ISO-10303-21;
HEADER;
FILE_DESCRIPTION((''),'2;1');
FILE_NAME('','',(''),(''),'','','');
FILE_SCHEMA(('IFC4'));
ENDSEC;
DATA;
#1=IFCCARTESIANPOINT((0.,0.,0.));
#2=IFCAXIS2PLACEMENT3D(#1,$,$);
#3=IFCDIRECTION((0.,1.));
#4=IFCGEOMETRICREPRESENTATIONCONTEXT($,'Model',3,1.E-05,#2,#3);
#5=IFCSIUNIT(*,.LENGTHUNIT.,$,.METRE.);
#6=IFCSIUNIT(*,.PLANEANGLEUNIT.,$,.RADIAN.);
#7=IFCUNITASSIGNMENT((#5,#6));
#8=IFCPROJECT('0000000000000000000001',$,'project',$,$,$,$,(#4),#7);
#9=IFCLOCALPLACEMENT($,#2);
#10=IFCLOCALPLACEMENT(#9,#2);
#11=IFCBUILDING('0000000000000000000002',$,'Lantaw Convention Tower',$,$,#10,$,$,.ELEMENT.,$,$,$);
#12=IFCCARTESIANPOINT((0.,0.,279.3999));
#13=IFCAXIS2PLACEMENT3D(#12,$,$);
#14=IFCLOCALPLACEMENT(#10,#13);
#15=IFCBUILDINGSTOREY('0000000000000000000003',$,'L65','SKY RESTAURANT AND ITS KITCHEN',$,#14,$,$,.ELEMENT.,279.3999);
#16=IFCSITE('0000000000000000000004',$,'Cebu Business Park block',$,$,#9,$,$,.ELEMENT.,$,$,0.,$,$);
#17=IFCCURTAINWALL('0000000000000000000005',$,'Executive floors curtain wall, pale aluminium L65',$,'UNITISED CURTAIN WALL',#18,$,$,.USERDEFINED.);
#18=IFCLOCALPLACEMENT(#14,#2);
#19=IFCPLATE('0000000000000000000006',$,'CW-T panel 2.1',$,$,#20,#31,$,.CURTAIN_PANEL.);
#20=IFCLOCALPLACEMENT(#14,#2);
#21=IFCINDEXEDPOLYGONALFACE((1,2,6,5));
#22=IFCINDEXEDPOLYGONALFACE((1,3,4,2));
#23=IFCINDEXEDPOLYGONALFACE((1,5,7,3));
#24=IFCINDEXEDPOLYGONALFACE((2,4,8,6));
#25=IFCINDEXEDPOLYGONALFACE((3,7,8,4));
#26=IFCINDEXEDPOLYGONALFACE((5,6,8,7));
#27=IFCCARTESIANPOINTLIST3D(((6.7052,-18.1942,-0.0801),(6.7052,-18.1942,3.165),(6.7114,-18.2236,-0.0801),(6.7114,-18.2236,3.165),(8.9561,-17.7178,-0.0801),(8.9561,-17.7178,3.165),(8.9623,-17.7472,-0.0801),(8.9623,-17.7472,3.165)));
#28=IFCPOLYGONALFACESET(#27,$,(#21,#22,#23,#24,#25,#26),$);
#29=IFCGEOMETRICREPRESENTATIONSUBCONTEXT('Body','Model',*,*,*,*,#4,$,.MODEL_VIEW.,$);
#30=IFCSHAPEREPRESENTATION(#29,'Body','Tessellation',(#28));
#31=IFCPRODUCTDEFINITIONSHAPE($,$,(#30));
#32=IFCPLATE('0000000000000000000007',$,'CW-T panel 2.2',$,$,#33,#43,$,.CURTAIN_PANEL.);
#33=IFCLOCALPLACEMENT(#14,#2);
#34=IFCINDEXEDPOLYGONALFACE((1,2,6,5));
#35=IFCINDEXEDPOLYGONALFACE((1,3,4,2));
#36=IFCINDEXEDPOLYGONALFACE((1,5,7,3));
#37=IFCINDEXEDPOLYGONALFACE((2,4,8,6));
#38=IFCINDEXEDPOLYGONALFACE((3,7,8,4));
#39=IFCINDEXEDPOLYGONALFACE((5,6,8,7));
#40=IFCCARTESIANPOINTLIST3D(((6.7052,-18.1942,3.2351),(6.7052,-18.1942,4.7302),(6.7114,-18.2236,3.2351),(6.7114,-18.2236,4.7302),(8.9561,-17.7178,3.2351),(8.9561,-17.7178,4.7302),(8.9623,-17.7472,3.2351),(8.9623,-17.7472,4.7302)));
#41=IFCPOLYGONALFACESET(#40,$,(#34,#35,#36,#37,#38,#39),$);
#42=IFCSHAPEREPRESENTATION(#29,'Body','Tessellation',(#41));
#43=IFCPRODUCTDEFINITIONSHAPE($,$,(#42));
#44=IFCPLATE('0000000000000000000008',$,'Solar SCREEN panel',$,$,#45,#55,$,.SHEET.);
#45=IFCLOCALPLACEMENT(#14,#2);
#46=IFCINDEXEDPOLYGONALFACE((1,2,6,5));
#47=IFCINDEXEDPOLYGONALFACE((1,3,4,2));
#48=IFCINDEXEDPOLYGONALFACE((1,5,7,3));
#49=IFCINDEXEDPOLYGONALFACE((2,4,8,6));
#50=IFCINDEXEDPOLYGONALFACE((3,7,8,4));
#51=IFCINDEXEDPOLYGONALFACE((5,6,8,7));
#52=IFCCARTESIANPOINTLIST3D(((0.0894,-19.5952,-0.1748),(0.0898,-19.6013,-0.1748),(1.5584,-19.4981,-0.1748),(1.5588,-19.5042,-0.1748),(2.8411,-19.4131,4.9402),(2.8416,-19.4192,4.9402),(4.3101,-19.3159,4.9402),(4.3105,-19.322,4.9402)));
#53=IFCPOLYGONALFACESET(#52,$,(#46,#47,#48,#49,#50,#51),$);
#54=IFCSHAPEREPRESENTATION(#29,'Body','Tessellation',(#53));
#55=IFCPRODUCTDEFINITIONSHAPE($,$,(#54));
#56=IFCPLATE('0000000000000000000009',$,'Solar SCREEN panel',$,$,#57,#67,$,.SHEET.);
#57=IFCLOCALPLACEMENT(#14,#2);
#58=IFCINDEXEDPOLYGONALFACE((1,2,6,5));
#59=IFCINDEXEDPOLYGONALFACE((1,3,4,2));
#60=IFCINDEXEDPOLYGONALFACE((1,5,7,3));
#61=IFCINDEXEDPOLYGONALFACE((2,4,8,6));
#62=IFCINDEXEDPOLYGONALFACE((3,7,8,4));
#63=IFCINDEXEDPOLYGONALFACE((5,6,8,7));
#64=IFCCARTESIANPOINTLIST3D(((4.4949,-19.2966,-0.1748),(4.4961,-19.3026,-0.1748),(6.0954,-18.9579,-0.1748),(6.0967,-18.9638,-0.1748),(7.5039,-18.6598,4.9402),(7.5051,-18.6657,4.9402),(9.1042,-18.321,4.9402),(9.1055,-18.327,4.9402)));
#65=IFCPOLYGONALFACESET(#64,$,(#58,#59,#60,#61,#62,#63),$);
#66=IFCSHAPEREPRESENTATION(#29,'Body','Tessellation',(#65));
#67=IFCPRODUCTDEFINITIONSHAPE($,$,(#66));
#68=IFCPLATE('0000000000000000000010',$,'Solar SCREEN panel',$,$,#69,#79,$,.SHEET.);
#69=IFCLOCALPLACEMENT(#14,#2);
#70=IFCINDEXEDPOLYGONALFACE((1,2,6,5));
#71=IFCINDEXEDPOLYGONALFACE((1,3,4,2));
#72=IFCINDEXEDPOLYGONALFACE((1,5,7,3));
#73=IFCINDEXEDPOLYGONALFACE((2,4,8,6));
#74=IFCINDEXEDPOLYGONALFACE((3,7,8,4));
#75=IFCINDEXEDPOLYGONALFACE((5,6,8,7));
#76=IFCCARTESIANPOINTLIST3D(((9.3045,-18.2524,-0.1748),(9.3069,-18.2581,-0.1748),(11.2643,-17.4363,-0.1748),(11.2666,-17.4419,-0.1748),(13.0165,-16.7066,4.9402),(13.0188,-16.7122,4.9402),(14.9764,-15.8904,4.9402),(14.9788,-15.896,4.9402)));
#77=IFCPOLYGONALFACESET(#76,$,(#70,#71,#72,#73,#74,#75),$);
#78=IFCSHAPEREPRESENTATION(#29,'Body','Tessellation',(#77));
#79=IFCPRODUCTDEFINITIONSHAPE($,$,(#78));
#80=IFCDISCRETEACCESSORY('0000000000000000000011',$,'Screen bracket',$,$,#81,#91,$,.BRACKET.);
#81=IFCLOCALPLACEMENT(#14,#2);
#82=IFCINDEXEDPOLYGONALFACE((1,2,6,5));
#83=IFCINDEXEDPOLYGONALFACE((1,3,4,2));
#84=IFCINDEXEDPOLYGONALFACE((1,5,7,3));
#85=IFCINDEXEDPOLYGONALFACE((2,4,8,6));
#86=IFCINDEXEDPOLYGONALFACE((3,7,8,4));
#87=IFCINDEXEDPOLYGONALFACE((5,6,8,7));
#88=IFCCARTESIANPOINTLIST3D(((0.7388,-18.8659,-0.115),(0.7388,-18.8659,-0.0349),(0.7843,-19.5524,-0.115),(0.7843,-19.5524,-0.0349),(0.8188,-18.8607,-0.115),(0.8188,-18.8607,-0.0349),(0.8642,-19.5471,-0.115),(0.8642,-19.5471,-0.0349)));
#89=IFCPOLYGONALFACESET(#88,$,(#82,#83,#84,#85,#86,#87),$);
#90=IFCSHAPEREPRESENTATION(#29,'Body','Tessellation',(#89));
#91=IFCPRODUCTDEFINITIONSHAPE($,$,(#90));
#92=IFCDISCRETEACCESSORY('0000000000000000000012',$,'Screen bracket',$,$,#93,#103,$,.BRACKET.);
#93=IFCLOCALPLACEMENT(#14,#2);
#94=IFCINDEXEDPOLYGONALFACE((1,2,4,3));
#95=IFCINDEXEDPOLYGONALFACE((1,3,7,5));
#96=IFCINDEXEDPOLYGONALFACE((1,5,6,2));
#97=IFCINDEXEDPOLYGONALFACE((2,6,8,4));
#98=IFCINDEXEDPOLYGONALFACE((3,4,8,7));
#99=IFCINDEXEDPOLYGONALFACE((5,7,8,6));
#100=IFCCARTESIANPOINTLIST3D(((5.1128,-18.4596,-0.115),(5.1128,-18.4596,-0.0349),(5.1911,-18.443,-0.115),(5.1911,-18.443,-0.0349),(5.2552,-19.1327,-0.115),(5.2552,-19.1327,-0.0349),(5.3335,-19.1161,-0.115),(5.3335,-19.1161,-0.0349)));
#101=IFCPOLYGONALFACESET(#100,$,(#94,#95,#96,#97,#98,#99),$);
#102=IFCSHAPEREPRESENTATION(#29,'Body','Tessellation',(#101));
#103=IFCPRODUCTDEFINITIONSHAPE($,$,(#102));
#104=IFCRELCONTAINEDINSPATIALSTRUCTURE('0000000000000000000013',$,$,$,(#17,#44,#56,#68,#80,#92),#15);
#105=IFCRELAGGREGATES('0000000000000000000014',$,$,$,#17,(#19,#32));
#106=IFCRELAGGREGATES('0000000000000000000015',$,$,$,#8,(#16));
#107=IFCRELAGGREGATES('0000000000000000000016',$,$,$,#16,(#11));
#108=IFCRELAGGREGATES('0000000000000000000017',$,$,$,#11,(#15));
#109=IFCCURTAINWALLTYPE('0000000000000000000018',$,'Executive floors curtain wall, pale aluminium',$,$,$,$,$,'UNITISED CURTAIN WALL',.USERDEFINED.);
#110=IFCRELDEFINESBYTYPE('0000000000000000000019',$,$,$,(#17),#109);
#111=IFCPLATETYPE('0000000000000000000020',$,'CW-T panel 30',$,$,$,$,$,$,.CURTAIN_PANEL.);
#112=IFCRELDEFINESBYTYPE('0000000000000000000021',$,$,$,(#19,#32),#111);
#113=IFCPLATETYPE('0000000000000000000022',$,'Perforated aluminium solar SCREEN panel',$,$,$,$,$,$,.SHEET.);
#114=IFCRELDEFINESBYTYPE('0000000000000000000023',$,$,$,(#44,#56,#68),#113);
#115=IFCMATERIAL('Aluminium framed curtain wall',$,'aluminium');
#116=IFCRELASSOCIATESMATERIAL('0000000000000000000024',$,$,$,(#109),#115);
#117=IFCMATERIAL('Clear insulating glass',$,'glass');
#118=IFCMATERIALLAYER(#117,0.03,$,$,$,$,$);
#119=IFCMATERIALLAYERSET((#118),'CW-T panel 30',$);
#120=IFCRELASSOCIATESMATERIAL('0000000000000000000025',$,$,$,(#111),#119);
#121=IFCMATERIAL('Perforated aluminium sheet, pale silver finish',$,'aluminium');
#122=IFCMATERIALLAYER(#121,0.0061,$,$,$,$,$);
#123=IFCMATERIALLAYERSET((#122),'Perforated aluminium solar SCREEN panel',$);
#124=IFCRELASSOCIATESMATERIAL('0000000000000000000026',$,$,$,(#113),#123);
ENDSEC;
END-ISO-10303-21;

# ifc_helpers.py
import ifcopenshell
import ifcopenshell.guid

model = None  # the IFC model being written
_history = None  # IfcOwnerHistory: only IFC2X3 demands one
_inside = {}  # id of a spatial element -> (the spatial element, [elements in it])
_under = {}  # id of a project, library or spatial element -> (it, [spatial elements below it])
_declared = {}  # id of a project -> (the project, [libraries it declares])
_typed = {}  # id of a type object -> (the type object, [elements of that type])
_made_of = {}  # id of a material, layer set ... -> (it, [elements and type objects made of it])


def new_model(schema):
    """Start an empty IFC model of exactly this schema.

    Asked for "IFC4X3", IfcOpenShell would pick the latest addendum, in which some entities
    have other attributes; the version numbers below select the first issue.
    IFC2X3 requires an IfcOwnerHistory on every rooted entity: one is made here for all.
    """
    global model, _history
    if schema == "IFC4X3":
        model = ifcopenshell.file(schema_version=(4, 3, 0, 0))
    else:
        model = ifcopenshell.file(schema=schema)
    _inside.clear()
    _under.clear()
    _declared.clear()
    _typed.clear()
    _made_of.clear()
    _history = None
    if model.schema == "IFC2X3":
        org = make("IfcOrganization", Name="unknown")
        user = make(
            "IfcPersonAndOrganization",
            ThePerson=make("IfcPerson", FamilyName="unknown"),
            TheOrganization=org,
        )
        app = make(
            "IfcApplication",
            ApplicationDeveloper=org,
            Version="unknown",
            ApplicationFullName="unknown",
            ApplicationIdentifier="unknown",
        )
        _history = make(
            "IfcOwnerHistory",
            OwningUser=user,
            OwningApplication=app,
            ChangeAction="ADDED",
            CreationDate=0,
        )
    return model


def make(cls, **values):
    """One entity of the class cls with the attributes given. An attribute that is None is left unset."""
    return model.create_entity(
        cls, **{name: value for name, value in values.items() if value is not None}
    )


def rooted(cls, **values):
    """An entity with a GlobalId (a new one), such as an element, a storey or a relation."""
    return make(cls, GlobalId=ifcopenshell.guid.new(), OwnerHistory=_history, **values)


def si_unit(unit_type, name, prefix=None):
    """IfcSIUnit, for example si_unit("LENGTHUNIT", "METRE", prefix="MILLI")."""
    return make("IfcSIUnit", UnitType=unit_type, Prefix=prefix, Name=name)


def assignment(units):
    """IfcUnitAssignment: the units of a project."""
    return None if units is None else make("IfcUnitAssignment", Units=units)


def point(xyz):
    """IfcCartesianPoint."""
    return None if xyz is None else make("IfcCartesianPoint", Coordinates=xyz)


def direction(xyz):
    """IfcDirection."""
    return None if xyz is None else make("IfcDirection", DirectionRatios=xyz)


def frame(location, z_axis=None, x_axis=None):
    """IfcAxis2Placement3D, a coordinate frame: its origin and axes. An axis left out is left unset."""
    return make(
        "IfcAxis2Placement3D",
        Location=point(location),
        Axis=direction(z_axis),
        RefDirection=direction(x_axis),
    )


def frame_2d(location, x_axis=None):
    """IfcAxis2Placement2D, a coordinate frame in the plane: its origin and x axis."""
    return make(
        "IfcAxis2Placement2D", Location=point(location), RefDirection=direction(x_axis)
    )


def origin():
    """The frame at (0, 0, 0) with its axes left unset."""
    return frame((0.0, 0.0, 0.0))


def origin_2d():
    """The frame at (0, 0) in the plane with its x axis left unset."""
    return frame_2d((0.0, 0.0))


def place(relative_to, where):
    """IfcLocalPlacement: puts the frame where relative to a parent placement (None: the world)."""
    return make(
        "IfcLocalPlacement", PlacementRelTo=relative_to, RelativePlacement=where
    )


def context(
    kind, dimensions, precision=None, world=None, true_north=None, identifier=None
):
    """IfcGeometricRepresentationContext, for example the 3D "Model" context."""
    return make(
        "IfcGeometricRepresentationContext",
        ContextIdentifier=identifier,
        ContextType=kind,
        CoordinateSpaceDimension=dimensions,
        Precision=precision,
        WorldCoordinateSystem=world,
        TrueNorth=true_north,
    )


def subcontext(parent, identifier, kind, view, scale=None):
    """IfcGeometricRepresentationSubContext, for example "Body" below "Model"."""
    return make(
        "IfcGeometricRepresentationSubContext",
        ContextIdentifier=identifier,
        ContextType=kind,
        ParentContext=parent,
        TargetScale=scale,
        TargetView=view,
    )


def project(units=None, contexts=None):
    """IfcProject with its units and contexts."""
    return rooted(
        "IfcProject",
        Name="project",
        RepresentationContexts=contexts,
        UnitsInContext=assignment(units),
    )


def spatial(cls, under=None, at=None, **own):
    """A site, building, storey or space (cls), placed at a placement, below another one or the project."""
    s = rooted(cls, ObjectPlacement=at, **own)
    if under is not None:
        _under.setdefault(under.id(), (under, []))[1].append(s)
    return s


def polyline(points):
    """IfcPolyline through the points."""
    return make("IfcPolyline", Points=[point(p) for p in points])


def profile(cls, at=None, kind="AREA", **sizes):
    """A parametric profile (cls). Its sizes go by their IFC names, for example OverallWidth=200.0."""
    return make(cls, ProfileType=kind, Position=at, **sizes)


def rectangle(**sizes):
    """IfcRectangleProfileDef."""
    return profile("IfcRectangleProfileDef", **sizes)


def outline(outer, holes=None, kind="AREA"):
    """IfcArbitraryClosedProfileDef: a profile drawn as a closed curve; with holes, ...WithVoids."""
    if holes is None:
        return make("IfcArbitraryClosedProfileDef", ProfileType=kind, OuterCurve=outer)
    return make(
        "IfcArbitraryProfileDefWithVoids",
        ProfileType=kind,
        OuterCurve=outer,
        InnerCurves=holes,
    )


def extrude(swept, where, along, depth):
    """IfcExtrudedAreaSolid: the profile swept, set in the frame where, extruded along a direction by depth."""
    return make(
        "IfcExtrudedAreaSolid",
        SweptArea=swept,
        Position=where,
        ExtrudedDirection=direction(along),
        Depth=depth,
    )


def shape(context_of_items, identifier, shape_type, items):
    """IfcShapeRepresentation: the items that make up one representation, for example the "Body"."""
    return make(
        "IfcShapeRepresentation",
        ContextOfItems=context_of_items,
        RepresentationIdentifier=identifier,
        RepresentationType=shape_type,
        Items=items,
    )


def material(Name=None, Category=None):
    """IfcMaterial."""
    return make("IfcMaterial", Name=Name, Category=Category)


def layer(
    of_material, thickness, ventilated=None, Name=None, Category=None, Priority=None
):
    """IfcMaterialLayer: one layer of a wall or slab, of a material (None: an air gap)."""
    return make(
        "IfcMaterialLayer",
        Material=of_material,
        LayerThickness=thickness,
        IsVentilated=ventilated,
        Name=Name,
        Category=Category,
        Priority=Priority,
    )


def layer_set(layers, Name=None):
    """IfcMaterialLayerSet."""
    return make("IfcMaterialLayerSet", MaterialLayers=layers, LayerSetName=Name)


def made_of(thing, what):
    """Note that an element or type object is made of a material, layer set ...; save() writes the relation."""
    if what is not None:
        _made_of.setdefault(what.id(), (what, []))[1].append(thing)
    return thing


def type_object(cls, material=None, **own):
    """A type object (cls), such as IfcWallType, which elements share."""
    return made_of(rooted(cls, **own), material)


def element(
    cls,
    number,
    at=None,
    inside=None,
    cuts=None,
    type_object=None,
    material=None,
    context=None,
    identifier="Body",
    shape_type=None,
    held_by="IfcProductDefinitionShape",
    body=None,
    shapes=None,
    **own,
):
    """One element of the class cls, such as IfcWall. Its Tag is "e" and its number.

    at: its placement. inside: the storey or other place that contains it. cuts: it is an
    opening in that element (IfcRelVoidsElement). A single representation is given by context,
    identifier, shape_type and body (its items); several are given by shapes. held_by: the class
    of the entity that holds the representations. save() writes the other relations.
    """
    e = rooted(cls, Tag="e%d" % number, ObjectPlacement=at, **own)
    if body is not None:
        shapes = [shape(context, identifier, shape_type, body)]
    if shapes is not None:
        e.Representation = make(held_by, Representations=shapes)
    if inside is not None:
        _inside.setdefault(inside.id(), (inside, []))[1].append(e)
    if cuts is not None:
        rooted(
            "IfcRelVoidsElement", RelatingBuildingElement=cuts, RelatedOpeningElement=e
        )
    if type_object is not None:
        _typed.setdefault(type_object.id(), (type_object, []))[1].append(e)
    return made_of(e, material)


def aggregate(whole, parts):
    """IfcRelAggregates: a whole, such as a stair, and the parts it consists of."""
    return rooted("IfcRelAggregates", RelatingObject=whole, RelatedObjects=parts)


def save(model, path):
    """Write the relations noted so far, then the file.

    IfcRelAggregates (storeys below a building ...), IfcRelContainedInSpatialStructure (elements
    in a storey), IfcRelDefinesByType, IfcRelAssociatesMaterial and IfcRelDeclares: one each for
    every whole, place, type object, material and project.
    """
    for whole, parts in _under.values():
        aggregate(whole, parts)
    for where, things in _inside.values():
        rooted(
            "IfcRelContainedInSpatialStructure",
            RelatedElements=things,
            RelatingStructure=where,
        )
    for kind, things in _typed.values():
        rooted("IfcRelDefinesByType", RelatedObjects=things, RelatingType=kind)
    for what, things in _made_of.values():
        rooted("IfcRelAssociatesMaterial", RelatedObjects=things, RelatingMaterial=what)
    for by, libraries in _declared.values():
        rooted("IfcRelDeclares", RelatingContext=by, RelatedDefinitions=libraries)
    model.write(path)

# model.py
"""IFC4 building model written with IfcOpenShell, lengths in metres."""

from ifc_helpers import new_model, si_unit, direction, frame, origin, origin_2d, place, context, subcontext, project, spatial, polyline, rectangle, outline, extrude, material, layer, layer_set, type_object, element, aggregate, save


model = new_model("IFC4")

# Units and contexts
model_context = context("Model", 3, precision=1e-05, world=origin(), true_north=direction((0.0, 1.0)))
body_context = subcontext(model_context, "Body", "Model", "MODEL_VIEW")
ifc_project = project(units=[si_unit("LENGTHUNIT", "METRE"), si_unit("PLANEANGLEUNIT", "RADIAN")], contexts=[model_context])

# Site, building, storey
site_placement = place(None, origin())
site = spatial("IfcSite", under=ifc_project, at=site_placement, Name="Cebu Business Park block", CompositionType="ELEMENT", RefElevation=0.0)
building_placement = place(site_placement, origin())
building = spatial("IfcBuilding", under=site, at=building_placement, Name="Lantaw Convention Tower", CompositionType="ELEMENT")
storey_placement = place(building_placement, frame((0.0, 0.0, 279.3999)))
storey = spatial("IfcBuildingStorey", under=building, at=storey_placement, Name="L65", Description="SKY RESTAURANT AND ITS KITCHEN", CompositionType="ELEMENT", Elevation=279.3999)

# Curtain wall
ifc_material_1 = material(Name="Aluminium framed curtain wall", Category="aluminium")
curtain_wall_type = type_object("IfcCurtainWallType", Name="Executive floors curtain wall, pale aluminium", ElementType="UNITISED CURTAIN WALL", PredefinedType="USERDEFINED", material=ifc_material_1)
curtain_wall_1_placement = place(storey_placement, origin())
curtain_wall_1 = element("IfcCurtainWall", 1, at=curtain_wall_1_placement, inside=storey, type_object=curtain_wall_type, Name="Executive floors curtain wall, pale aluminium L65", ObjectType="UNITISED CURTAIN WALL", PredefinedType="USERDEFINED")

# Plates
ifc_material_2 = material(Name="Clear insulating glass", Category="glass")
ifc_layer_1 = layer(ifc_material_2, 0.03)
ifc_layer_set_1 = layer_set([ifc_layer_1], Name="CW-T panel 30")
plate_type_1 = type_object("IfcPlateType", Name="CW-T panel 30", PredefinedType="CURTAIN_PANEL", material=ifc_layer_set_1)
plate_1_placement = place(storey_placement, frame((7.8337, -17.9707, -0.0801), z_axis=(0.0, 0.0, 1.0), x_axis=(0.978332, 0.20704, 0.0)))
plate_1 = element("IfcPlate", 2, at=plate_1_placement, type_object=plate_type_1, Name="CW-T panel 2.1", PredefinedType="CURTAIN_PANEL", context=body_context, shape_type="SweptSolid", body=[
    extrude(rectangle(XDim=2.3008, YDim=0.03, at=origin_2d()), origin(), (0.0, 0.0, 1.0), 3.2451),
])
plate_2_placement = place(storey_placement, frame((7.8337, -17.9707, 3.2351), z_axis=(0.0, 0.0, 1.0), x_axis=(0.978332, 0.20704, 0.0)))
plate_2 = element("IfcPlate", 3, at=plate_2_placement, type_object=plate_type_1, Name="CW-T panel 2.2", PredefinedType="CURTAIN_PANEL", context=body_context, shape_type="SweptSolid", body=[
    extrude(rectangle(XDim=2.3008, YDim=0.03, at=origin_2d()), origin(), (0.0, 0.0, 1.0), 1.4951),
])
aggregate(curtain_wall_1, [plate_1, plate_2])

# Plates
ifc_material_3 = material(Name="Perforated aluminium sheet, pale silver finish", Category="aluminium")
ifc_layer_2 = layer(ifc_material_3, 0.0061)
ifc_layer_set_2 = layer_set([ifc_layer_2], Name="Perforated aluminium solar SCREEN panel")
plate_type_2 = type_object("IfcPlateType", Name="Perforated aluminium solar SCREEN panel", PredefinedType="SHEET", material=ifc_layer_set_2)
plate_3_placement = place(storey_placement, frame((0.0898, -19.6013, -0.1748), z_axis=(0.066002, -0.99782, 0.000022), x_axis=(0.99782, 0.066002, 0.0)))
element("IfcPlate", 4, at=plate_3_placement, inside=storey, type_object=plate_type_2, Name="Solar SCREEN panel", PredefinedType="SHEET", context=body_context, shape_type="SweptSolid", body=[
    extrude(outline(polyline([(0.0, 0.0), (1.4722, 0.0), (4.2299, 5.115), (2.7577, 5.115), (0.0, 0.0)])), origin(), (0.0, 0.0, -1.0), 0.0061),
])
plate_4_placement = place(storey_placement, frame((4.4949, -19.2966, -0.1748), z_axis=(-0.207067, 0.978327, 0.000002), x_axis=(0.978327, 0.207067, 0.0)))
element("IfcPlate", 5, at=plate_4_placement, inside=storey, type_object=plate_type_2, Name="Solar SCREEN panel", PredefinedType="SHEET", context=body_context, shape_type="SweptSolid", body=[
    extrude(outline(polyline([(0.0, 0.0), (1.636, 0.0), (4.7115, -5.115), (3.0757, -5.115), (0.0, 0.0)])), origin(), (0.0, 0.0, -1.0), 0.0061),
])
plate_5_placement = place(storey_placement, frame((9.3069, -18.2581, -0.1748), z_axis=(0.38444, -0.92315, 0.000008), x_axis=(0.92315, 0.38444, 0.0)))
element("IfcPlate", 6, at=plate_5_placement, inside=storey, type_object=plate_type_2, Name="Solar SCREEN panel", PredefinedType="SHEET", context=body_context, shape_type="SweptSolid", body=[
    extrude(outline(polyline([(0.0, 0.0), (2.1229, 0.0), (6.1441, 5.115), (4.021, 5.115), (0.0, 0.0)])), origin(), (0.0, 0.0, -1.0), 0.0061),
])

# Discrete accessories
for number, where, z_axis, x_axis, name in (
    (7, (0.8015, -19.2065, -0.115), (0.0, 0.0, 1.0), (0.997818, 0.066025, 0.0), "Screen bracket"),
    (8, (5.2231, -18.7878, -0.115), (0.0, 0.0, 1.0), (0.978332, 0.20704, 0.0), "Screen bracket"),
):
    element("IfcDiscreteAccessory", number, at=place(storey_placement, frame(where, z_axis=z_axis, x_axis=x_axis)), inside=storey, Name=name, PredefinedType="BRACKET", context=body_context, shape_type="SweptSolid", body=[
        extrude(rectangle(XDim=0.0801, YDim=0.688, at=origin_2d()), origin(), (0.0, 0.0, 1.0), 0.0801),
    ])

save(model, "model.ifc")
